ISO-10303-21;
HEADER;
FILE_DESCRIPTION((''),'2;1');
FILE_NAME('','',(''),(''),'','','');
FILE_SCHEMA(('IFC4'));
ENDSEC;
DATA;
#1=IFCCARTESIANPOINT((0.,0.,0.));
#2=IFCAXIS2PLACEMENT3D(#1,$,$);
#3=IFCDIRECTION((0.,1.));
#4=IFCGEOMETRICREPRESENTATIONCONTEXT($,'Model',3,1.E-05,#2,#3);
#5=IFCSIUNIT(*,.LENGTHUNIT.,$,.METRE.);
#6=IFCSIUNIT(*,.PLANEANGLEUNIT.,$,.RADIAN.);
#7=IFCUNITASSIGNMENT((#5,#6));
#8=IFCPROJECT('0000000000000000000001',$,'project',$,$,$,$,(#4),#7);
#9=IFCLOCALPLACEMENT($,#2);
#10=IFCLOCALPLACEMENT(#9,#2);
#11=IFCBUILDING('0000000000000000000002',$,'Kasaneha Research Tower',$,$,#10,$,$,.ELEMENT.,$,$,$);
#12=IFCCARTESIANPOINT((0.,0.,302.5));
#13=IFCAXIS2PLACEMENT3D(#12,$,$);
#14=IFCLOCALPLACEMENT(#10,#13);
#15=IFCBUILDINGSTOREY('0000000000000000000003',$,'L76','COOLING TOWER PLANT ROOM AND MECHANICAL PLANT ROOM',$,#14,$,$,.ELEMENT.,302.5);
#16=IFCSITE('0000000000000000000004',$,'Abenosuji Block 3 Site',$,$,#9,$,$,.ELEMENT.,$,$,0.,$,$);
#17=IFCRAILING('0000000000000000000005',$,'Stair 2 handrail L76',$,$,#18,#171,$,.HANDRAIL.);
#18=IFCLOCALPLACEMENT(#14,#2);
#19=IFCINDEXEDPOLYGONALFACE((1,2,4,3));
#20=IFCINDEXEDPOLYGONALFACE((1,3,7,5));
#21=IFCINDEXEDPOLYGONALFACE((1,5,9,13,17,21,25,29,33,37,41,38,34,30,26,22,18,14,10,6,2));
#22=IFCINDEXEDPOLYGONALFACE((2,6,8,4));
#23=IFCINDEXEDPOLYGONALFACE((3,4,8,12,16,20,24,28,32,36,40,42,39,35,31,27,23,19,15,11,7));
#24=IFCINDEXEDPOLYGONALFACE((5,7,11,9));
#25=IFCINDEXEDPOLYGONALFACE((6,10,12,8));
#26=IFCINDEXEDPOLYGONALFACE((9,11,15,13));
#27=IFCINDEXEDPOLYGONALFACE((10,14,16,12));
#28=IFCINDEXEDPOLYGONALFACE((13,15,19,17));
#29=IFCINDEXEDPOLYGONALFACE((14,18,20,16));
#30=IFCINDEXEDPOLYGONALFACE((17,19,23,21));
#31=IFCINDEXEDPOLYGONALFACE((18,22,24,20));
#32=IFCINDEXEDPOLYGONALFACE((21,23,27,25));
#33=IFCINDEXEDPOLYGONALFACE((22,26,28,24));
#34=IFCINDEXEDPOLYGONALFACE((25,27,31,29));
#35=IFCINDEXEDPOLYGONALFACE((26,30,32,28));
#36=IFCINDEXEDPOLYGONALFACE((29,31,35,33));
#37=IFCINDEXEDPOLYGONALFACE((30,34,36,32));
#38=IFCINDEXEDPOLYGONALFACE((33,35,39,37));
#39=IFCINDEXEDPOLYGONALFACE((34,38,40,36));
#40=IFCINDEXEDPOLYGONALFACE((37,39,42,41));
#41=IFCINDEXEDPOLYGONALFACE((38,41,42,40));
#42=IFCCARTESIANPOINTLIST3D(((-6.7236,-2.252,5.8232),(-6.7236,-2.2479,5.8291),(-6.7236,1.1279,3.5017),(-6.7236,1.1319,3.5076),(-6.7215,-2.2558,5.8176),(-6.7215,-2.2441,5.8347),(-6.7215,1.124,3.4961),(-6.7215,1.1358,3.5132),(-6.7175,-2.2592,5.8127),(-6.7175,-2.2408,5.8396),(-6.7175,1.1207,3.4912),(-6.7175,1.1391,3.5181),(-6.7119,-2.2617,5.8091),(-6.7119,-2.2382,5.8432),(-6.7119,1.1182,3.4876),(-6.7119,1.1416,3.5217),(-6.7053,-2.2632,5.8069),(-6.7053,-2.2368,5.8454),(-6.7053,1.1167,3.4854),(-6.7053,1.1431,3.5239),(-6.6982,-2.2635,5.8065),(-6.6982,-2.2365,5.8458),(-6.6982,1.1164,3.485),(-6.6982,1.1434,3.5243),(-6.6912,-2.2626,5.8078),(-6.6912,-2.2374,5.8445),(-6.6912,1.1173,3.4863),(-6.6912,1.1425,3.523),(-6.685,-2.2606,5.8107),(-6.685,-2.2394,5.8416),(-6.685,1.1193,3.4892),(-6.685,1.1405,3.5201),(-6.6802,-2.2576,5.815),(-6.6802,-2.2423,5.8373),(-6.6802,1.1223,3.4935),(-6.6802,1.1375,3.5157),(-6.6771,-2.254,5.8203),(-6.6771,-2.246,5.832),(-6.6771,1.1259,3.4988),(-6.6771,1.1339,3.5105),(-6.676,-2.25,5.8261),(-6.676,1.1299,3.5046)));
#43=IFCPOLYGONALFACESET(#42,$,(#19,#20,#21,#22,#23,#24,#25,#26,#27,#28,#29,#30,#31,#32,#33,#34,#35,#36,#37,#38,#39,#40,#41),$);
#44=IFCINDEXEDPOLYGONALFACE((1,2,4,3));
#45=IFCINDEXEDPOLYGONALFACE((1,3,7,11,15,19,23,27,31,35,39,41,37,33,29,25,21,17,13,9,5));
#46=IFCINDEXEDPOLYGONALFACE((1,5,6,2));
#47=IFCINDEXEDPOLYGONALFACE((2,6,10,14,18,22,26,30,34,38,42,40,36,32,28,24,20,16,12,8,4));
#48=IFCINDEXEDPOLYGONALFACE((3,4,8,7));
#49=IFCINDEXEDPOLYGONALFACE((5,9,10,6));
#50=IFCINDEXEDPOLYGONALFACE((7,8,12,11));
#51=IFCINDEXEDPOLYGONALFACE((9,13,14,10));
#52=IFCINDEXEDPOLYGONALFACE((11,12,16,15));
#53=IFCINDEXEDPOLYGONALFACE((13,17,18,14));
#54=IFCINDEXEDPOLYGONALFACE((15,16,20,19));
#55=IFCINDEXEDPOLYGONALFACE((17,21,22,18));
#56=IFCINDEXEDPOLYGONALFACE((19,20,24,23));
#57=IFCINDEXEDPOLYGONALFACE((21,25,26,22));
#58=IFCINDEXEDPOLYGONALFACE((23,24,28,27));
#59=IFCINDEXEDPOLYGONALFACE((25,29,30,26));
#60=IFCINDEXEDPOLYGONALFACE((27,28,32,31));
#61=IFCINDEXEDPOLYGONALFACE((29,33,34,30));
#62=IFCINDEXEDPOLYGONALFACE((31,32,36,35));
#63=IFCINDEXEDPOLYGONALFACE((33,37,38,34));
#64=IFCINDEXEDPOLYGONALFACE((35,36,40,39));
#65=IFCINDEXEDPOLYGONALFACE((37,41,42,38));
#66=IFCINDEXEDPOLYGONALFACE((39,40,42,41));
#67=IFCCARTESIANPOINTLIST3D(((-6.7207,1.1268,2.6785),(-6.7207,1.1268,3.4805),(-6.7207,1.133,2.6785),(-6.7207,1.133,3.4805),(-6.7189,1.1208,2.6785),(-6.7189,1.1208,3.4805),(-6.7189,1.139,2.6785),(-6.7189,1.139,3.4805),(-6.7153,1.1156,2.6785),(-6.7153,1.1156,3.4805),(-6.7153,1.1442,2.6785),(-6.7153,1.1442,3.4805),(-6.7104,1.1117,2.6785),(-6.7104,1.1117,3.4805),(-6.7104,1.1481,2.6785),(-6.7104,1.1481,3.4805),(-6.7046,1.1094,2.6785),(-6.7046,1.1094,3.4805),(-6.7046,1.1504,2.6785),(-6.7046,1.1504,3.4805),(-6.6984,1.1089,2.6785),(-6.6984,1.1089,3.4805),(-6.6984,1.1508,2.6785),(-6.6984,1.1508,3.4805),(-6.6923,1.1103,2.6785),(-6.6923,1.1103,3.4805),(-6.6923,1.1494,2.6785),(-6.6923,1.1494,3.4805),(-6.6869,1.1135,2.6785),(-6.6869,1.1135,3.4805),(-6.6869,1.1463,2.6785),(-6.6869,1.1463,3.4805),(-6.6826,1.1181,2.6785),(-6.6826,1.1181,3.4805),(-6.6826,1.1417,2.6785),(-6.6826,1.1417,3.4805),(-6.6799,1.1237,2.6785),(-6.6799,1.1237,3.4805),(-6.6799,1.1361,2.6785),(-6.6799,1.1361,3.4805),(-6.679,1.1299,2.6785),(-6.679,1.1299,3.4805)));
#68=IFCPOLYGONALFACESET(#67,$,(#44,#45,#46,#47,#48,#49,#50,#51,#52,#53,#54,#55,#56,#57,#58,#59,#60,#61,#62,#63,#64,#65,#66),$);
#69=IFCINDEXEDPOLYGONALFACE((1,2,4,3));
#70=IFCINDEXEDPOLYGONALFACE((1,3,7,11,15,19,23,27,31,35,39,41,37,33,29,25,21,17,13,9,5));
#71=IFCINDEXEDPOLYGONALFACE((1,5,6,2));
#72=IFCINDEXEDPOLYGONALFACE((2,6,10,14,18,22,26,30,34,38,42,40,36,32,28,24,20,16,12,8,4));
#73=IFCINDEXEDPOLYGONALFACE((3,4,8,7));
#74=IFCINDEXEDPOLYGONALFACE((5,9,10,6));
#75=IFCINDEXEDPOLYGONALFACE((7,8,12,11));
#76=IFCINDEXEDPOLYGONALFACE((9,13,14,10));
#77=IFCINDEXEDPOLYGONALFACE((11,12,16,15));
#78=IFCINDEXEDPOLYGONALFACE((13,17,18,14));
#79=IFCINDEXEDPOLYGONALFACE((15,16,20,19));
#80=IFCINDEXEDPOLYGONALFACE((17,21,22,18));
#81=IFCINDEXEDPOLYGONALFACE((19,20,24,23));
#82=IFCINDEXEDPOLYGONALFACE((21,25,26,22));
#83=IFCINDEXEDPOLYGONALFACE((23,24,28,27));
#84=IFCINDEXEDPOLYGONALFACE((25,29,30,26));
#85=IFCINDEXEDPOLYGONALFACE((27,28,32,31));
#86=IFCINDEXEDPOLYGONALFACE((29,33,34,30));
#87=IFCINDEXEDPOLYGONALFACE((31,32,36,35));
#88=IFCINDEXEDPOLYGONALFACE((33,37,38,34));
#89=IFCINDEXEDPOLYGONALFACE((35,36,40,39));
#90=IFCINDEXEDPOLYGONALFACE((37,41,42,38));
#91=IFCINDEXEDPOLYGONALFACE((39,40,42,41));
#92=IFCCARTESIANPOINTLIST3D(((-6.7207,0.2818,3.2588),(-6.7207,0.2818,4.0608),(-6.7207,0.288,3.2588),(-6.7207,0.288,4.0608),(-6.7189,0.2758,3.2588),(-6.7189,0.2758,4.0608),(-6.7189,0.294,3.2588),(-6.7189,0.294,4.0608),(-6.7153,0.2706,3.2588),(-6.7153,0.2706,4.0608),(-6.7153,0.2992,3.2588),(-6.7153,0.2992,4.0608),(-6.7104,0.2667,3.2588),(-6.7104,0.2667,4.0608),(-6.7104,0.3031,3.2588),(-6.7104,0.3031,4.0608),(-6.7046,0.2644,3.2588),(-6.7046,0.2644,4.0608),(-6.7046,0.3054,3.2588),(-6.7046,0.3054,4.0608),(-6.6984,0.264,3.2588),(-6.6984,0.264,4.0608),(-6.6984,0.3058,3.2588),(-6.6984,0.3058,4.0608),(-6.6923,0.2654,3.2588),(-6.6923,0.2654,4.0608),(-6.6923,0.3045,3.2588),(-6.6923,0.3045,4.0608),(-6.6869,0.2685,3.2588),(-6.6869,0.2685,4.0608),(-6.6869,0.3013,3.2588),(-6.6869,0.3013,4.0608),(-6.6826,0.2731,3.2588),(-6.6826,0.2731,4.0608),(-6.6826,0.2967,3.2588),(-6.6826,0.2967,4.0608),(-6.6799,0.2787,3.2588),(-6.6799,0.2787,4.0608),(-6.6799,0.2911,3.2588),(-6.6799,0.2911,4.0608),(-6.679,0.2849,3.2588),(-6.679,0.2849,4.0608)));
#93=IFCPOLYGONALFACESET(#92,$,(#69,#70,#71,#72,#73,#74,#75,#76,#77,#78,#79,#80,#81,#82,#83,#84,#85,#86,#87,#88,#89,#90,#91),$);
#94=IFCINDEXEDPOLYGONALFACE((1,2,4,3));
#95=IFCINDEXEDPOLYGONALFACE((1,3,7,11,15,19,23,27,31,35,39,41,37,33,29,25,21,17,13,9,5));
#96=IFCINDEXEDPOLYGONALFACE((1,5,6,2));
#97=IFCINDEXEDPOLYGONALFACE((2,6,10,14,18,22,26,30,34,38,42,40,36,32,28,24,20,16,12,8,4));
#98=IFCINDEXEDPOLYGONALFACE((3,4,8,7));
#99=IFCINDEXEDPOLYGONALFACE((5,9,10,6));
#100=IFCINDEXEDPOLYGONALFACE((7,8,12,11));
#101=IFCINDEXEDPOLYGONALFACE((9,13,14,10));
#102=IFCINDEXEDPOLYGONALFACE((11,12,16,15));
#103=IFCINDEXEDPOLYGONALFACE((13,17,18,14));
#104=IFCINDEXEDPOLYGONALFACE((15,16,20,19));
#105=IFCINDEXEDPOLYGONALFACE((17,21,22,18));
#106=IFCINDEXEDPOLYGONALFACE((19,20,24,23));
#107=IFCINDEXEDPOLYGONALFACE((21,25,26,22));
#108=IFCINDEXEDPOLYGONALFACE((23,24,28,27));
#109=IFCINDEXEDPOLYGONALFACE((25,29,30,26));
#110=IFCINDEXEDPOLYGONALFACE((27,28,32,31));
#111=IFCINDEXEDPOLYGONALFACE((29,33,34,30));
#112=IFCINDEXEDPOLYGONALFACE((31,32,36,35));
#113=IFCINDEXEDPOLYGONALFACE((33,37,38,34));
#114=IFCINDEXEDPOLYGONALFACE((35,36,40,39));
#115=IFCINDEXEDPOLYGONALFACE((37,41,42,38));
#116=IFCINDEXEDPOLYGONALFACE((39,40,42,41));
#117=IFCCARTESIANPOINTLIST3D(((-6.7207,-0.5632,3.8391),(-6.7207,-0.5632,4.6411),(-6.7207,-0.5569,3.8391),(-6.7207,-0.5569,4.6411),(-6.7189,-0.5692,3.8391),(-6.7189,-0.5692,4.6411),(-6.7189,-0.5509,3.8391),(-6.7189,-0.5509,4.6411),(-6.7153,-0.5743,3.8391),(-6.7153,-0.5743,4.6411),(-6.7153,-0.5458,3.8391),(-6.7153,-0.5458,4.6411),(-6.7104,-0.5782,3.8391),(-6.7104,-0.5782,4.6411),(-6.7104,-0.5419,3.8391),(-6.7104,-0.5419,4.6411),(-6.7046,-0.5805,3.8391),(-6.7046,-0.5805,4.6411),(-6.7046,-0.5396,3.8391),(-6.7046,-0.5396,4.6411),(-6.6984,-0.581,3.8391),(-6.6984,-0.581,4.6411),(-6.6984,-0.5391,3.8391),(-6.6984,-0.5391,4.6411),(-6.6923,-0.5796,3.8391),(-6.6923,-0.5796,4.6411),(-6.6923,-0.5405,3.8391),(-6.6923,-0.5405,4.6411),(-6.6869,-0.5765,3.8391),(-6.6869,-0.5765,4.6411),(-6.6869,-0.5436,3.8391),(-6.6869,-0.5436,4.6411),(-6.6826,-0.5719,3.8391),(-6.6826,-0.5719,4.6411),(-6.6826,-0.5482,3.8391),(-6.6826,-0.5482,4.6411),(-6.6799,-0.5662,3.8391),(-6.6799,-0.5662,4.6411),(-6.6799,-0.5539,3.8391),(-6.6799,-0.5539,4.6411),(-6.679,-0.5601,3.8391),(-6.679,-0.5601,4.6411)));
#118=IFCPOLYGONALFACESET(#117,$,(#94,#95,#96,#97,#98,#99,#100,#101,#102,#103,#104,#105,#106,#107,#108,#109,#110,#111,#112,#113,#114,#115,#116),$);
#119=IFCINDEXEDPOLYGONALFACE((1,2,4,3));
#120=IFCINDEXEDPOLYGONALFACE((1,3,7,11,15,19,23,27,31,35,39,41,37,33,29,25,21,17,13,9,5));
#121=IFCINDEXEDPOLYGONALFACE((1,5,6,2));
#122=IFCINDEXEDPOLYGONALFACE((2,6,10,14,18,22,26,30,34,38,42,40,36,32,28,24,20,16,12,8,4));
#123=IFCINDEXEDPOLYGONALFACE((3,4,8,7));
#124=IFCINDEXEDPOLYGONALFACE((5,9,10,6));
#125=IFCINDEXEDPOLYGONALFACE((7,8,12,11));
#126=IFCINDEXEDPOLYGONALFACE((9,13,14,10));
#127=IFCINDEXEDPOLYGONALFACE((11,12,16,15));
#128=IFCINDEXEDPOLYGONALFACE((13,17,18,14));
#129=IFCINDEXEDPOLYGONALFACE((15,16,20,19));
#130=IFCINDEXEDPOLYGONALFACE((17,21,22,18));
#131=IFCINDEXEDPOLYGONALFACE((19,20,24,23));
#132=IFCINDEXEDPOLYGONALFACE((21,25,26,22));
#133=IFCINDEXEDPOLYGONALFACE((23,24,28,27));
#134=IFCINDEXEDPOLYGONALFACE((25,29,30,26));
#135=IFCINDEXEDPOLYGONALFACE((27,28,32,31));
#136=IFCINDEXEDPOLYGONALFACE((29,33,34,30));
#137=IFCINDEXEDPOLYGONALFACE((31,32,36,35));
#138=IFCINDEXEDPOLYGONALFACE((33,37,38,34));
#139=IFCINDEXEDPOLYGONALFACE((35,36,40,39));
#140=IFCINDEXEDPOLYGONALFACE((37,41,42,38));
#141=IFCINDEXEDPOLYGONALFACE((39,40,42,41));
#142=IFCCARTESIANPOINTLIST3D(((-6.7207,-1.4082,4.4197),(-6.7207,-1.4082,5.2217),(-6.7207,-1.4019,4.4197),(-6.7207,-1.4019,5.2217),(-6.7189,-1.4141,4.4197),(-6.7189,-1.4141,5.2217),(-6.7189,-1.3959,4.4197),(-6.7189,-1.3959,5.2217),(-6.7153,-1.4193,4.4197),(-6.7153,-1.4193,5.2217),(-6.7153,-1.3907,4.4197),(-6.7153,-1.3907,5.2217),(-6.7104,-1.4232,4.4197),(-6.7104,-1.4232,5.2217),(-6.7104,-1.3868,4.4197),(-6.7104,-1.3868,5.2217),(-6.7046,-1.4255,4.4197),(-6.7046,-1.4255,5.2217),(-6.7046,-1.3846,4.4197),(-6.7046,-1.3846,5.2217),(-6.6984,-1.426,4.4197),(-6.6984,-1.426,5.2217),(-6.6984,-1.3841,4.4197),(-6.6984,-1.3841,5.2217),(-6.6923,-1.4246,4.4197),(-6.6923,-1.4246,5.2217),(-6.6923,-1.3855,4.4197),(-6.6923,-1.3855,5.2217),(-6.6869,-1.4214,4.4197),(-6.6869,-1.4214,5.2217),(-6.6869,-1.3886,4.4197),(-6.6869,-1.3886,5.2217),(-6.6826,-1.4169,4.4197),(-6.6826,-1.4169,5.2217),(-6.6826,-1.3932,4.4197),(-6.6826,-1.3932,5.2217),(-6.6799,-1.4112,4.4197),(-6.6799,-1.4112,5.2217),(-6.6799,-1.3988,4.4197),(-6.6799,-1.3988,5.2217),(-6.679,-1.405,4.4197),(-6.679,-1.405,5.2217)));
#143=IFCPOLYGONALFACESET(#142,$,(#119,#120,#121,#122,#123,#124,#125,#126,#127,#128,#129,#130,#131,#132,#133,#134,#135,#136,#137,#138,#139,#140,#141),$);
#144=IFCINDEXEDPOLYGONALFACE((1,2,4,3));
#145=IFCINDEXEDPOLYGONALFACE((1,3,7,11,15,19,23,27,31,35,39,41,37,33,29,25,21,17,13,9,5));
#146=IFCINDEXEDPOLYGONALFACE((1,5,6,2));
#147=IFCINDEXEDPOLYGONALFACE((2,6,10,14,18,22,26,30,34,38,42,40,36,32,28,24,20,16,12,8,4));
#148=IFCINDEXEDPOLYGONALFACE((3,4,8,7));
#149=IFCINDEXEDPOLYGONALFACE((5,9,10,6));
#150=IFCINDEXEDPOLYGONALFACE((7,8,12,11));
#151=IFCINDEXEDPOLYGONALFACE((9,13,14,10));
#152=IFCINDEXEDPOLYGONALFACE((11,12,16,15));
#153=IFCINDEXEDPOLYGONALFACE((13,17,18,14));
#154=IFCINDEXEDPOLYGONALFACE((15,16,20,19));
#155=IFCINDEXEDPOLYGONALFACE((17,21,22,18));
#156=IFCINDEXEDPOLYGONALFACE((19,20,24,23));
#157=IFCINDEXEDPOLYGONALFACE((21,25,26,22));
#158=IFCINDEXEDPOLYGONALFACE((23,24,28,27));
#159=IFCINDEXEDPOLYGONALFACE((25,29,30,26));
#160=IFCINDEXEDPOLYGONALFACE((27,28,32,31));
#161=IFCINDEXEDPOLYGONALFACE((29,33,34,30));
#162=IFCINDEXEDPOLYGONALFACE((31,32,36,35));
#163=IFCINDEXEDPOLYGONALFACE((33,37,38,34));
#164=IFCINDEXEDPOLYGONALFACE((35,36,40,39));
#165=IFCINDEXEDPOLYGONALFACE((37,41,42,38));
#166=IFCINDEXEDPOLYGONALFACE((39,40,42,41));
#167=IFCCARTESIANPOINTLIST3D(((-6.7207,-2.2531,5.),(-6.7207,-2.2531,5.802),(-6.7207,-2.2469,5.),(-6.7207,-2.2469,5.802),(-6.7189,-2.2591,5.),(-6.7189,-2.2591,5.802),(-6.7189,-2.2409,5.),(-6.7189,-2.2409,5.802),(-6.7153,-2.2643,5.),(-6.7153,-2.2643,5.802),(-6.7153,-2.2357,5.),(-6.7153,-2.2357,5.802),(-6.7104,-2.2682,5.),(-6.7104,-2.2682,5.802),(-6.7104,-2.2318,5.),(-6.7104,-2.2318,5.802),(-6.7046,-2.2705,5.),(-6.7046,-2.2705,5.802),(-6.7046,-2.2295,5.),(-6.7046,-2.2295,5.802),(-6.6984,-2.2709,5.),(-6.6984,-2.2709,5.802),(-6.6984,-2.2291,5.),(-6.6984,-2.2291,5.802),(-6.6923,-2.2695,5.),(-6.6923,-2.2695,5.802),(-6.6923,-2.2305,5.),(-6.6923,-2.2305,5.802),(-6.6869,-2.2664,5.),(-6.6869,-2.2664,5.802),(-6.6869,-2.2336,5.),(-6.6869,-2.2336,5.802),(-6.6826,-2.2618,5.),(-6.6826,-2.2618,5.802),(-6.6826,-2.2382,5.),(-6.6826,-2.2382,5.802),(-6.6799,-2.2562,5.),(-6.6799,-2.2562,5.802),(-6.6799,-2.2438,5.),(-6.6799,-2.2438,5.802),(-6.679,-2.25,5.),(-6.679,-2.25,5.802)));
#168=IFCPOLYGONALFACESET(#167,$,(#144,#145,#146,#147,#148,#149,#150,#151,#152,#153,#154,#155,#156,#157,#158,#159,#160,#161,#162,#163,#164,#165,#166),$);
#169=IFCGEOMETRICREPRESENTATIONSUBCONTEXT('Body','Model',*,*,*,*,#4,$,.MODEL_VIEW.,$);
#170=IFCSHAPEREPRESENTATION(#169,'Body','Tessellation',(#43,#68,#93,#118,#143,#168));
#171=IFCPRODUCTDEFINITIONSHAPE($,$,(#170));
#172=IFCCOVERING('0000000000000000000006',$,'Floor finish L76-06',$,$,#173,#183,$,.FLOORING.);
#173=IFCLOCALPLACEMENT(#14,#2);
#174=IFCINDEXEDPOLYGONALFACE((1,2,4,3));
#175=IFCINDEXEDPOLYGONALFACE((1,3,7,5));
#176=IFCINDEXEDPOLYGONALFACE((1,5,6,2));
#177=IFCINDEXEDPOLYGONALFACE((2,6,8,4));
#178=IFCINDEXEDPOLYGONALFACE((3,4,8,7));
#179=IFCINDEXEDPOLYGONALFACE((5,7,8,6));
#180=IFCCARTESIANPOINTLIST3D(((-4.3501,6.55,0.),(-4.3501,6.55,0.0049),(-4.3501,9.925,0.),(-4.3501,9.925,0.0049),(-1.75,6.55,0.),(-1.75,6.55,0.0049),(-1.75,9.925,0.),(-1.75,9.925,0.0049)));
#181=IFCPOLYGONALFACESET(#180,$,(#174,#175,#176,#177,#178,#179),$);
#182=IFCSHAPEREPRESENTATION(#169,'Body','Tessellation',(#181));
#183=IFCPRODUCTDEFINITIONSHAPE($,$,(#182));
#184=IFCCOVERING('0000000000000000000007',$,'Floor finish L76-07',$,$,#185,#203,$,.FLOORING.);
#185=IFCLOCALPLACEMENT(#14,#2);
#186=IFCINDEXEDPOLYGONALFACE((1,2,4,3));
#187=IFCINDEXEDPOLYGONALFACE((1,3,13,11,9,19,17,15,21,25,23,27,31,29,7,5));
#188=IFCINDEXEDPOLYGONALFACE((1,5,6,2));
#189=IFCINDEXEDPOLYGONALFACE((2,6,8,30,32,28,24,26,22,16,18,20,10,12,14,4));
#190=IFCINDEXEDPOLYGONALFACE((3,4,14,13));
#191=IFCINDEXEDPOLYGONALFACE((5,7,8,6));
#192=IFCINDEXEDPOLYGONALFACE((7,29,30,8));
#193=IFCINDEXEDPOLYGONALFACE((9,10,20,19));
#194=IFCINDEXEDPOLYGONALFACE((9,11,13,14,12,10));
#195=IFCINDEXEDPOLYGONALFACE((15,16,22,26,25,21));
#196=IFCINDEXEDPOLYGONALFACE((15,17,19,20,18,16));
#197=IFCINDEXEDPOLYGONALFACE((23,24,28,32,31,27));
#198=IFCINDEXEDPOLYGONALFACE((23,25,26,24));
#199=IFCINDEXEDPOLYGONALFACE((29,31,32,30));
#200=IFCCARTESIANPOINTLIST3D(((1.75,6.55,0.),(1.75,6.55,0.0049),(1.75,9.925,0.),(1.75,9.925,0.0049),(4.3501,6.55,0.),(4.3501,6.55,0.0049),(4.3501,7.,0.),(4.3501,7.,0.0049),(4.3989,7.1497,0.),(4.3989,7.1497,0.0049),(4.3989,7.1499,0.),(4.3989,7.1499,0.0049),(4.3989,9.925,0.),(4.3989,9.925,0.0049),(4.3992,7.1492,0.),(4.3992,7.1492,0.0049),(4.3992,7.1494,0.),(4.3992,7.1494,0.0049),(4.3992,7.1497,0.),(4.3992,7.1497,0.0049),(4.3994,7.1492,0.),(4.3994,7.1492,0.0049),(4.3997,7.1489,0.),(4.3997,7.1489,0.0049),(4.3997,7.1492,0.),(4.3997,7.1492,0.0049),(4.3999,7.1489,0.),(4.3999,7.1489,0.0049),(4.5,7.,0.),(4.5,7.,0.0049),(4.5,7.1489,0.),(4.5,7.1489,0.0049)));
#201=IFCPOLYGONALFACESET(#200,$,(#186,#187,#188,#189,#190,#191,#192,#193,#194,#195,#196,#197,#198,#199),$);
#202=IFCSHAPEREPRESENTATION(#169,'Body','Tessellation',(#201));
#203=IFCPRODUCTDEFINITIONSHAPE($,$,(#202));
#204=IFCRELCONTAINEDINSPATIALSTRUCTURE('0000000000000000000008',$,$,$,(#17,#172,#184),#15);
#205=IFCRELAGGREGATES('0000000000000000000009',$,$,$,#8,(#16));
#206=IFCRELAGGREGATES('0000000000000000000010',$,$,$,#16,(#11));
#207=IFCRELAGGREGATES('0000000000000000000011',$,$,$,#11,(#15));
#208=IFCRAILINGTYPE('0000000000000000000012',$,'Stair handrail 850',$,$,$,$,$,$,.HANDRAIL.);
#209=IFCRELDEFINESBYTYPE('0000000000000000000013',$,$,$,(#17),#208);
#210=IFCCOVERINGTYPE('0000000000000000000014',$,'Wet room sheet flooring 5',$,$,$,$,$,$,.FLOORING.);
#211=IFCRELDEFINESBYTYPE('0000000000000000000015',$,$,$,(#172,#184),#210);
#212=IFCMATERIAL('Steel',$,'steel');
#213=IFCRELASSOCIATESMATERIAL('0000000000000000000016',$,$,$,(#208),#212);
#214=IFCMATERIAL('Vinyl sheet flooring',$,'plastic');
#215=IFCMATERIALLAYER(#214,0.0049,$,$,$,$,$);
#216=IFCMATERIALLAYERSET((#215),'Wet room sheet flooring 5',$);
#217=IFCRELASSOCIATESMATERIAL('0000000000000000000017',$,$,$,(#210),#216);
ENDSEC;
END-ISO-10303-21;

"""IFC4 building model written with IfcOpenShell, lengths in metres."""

from ifc_helpers import new_model, si_unit, direction, frame, origin, origin_2d, place, context, subcontext, project, spatial, polyline, circle, outline, extrude, material, layer, layer_set, type_object, element, save


model = new_model("IFC4")

# Units and contexts
model_context = context("Model", 3, precision=1e-05, world=origin(), true_north=direction((0.0, 1.0)))
body_context = subcontext(model_context, "Body", "Model", "MODEL_VIEW")
ifc_project = project(units=[si_unit("LENGTHUNIT", "METRE"), si_unit("PLANEANGLEUNIT", "RADIAN")], contexts=[model_context])

# Site, building, storey
site_placement = place(None, origin())
site = spatial("IfcSite", under=ifc_project, at=site_placement, Name="Abenosuji Block 3 Site", CompositionType="ELEMENT", RefElevation=0.0)
building_placement = place(site_placement, origin())
building = spatial("IfcBuilding", under=site, at=building_placement, Name="Kasaneha Research Tower", CompositionType="ELEMENT")
storey_placement = place(building_placement, frame((0.0, 0.0, 302.5)))
storey = spatial("IfcBuildingStorey", under=building, at=storey_placement, Name="L76", Description="COOLING TOWER PLANT ROOM AND MECHANICAL PLANT ROOM", CompositionType="ELEMENT", Elevation=302.5)

# Railing
ifc_material_1 = material(Name="Steel", Category="steel")
railing_type_1 = type_object("IfcRailingType", Name="Stair handrail 850", PredefinedType="HANDRAIL", material=ifc_material_1)
railing_1_placement = place(storey_placement, frame((-6.7, 1.1299, 2.6785)))
element("IfcRailing", 1, at=railing_1_placement, inside=storey, type_object=railing_type_1, Name="Stair 2 handrail L76", PredefinedType="HANDRAIL", context=body_context, shape_type="SweptSolid", body=[
    extrude(circle(Radius=0.0239, at=origin_2d()), frame((0.0, 0.0, 0.8262), z_axis=(0.0, -0.824285, 0.566175), x_axis=(1.0, 0.0, 0.0)), (0.0, 0.0, 1.0), 4.1003),
    extrude(circle(Radius=0.021, at=origin_2d()), origin(), (0.0, 0.0, 1.0), 0.802),
    extrude(circle(Radius=0.021, at=origin_2d()), frame((0.0, -0.845, 0.5803)), (0.0, 0.0, 1.0), 0.802),
    extrude(circle(Radius=0.021, at=origin_2d()), frame((0.0, -1.6899, 1.1606)), (0.0, 0.0, 1.0), 0.802),
    extrude(circle(Radius=0.021, at=origin_2d()), frame((0.0, -2.5349, 1.7412)), (0.0, 0.0, 1.0), 0.802),
    extrude(circle(Radius=0.021, at=origin_2d()), frame((0.0, -3.3799, 2.3215)), (0.0, 0.0, 1.0), 0.802),
])

# Coverings
ifc_material_2 = material(Name="Vinyl sheet flooring", Category="plastic")
ifc_layer_1 = layer(ifc_material_2, 0.0049)
ifc_layer_set_1 = layer_set([ifc_layer_1], Name="Wet room sheet flooring 5")
covering_type = type_object("IfcCoveringType", Name="Wet room sheet flooring 5", PredefinedType="FLOORING", material=ifc_layer_set_1)
covering_1_placement = place(storey_placement, origin())
element("IfcCovering", 2, at=covering_1_placement, inside=storey, type_object=covering_type, Name="Floor finish L76-06", PredefinedType="FLOORING", context=body_context, shape_type="SweptSolid", body=[
    extrude(outline(polyline([(-1.75, 9.925), (-1.75, 6.55), (-4.3501, 6.55), (-4.3501, 9.925), (-1.75, 9.925)])), origin(), (0.0, 0.0, 1.0), 0.0049),
])
covering_2_placement = place(storey_placement, origin())
element("IfcCovering", 3, at=covering_2_placement, inside=storey, type_object=covering_type, Name="Floor finish L76-07", PredefinedType="FLOORING", context=body_context, shape_type="SweptSolid", body=[
    extrude(outline(polyline([(4.3989, 9.925), (4.3989, 7.1499), (4.3989, 7.1499), (4.3989, 7.1499), (4.3989, 7.1497), (4.3992, 7.1497), (4.3992, 7.1494), (4.3992, 7.1494), (4.3992, 7.1494), (4.3992, 7.1492), (4.3994, 7.1492), (4.3994, 7.1492), (4.3994, 7.1492), (4.3997, 7.1492), (4.3997, 7.1489), (4.3999, 7.1489), (4.3999, 7.1489), (4.3999, 7.1489), (4.5, 7.1489), (4.5, 7.0), (4.3501, 7.0), (4.3501, 6.55), (1.75, 6.55), (1.75, 9.925), (4.3989, 9.925)])), origin(), (0.0, 0.0, 1.0), 0.0049),
])

save(model, "model.ifc")
